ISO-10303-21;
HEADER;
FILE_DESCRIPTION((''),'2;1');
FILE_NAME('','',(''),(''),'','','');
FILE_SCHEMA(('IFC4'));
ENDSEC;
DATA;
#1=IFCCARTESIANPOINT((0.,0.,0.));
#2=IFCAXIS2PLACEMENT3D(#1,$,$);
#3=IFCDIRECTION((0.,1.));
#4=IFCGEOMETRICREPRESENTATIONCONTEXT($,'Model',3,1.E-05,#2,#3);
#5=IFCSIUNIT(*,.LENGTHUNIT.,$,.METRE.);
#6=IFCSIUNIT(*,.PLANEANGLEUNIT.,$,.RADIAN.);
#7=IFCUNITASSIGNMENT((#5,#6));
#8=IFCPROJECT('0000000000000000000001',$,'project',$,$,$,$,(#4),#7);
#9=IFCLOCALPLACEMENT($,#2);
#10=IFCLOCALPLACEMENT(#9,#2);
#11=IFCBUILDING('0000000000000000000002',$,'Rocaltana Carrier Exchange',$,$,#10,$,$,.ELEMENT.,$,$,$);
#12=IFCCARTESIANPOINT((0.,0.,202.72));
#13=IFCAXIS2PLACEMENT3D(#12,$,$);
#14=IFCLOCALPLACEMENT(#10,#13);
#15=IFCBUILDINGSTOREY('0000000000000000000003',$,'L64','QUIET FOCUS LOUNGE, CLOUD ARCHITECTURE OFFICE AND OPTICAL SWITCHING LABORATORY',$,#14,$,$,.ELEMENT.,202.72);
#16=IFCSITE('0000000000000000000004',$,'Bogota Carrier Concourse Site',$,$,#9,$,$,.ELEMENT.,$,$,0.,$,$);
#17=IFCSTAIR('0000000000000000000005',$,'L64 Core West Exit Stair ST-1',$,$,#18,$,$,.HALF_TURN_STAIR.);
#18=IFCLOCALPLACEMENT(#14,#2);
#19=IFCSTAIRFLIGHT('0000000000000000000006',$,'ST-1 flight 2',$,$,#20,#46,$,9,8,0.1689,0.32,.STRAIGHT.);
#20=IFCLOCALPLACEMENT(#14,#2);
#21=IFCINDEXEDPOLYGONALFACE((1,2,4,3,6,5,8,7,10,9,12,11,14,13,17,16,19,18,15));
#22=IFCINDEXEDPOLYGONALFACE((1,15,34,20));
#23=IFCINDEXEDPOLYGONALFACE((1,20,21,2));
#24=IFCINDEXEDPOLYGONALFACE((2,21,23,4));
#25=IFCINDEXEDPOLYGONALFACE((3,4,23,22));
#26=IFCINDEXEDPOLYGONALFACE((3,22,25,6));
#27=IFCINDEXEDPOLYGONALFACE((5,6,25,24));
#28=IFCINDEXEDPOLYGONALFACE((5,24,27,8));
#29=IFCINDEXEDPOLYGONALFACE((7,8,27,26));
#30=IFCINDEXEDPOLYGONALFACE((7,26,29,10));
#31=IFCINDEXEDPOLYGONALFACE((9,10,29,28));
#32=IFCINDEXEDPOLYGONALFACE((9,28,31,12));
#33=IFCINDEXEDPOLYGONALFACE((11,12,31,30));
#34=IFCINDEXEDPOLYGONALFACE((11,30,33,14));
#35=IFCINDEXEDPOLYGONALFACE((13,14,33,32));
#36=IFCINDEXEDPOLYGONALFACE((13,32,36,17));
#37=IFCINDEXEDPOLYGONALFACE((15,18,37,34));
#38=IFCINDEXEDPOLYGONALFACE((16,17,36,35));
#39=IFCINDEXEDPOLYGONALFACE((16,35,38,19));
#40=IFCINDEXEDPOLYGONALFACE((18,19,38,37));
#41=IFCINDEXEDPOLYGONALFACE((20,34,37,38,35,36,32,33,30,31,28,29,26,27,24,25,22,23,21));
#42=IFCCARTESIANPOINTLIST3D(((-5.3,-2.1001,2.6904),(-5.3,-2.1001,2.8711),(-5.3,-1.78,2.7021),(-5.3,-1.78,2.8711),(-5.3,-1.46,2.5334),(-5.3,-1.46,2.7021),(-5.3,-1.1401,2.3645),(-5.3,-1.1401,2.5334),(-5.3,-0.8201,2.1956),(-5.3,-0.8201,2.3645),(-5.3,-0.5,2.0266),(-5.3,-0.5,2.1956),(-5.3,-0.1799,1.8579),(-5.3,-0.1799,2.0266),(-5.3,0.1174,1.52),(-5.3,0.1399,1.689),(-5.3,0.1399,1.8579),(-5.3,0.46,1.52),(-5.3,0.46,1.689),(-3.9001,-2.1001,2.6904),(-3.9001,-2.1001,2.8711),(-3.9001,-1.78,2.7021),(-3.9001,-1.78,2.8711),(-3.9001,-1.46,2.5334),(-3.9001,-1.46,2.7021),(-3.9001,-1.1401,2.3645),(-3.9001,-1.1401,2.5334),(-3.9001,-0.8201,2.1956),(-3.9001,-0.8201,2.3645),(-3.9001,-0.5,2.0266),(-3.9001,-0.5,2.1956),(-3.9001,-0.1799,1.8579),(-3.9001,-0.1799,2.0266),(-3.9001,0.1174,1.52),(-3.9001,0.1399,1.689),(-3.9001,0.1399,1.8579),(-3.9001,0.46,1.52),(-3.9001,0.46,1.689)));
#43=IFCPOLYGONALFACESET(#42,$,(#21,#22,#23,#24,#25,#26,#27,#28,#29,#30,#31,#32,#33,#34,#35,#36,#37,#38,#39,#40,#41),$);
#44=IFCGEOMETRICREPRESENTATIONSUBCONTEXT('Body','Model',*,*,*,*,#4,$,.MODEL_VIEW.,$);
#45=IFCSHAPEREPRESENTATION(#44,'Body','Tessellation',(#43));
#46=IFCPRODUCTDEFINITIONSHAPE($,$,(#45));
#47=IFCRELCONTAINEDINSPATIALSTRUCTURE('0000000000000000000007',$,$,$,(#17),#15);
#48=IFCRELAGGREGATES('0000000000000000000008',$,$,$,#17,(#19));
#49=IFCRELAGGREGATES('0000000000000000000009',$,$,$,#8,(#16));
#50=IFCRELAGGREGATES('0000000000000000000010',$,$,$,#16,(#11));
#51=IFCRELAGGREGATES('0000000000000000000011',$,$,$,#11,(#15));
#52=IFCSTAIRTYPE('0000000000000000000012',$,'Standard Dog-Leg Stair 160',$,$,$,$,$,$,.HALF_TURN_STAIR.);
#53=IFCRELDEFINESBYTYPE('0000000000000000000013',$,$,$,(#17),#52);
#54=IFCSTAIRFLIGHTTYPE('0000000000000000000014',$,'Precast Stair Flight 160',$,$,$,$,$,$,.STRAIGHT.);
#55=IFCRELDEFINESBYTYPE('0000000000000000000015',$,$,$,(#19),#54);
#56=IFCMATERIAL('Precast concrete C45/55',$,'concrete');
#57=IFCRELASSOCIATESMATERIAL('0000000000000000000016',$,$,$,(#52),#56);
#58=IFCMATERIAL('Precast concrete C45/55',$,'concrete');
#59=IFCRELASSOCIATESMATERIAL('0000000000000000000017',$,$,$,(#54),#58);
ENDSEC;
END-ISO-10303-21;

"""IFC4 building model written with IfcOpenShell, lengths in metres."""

from ifc_helpers import new_model, si_unit, direction, frame, origin, place, context, subcontext, project, spatial, polyline, outline, extrude, material, type_object, element, aggregate, save


model = new_model("IFC4")

# Units and contexts
model_context = context("Model", 3, precision=1e-05, world=origin(), true_north=direction((0.0, 1.0)))
body_context = subcontext(model_context, "Body", "Model", "MODEL_VIEW")
ifc_project = project(units=[si_unit("LENGTHUNIT", "METRE"), si_unit("PLANEANGLEUNIT", "RADIAN")], contexts=[model_context])

# Site, building, storey
site_placement = place(None, origin())
site = spatial("IfcSite", under=ifc_project, at=site_placement, Name="Bogota Carrier Concourse Site", CompositionType="ELEMENT", RefElevation=0.0)
building_placement = place(site_placement, origin())
building = spatial("IfcBuilding", under=site, at=building_placement, Name="Rocaltana Carrier Exchange", CompositionType="ELEMENT")
storey_placement = place(building_placement, frame((0.0, 0.0, 202.72)))
storey = spatial("IfcBuildingStorey", under=building, at=storey_placement, Name="L64", Description="QUIET FOCUS LOUNGE, CLOUD ARCHITECTURE OFFICE AND OPTICAL SWITCHING LABORATORY", CompositionType="ELEMENT", Elevation=202.72)

# Stair, stair flight
ifc_material_1 = material(Name="Precast concrete C45/55", Category="concrete")
stair_type = type_object("IfcStairType", Name="Standard Dog-Leg Stair 160", PredefinedType="HALF_TURN_STAIR", material=ifc_material_1)
stair_placement = place(storey_placement, origin())
stair = element("IfcStair", 1, at=stair_placement, inside=storey, type_object=stair_type, Name="L64 Core West Exit Stair ST-1", PredefinedType="HALF_TURN_STAIR")
ifc_material_2 = material(Name="Precast concrete C45/55", Category="concrete")
stair_flight_type = type_object("IfcStairFlightType", Name="Precast Stair Flight 160", PredefinedType="STRAIGHT", material=ifc_material_2)
stair_flight_placement = place(storey_placement, frame((-4.6001, 0.46, 1.52), z_axis=(0.0, 0.0, 1.0), x_axis=(0.0, -1.0, 0.0)))
stair_flight = element("IfcStairFlight", 2, at=stair_flight_placement, type_object=stair_flight_type, Name="ST-1 flight 2", NumberOfRisers=9, NumberOfTreads=8, PredefinedType="STRAIGHT", RiserHeight=0.1689, TreadLength=0.32, context=body_context, shape_type="SweptSolid", body=[
    extrude(outline(polyline([(0.0, 0.0), (0.0, 0.1689), (0.3201, 0.1689), (0.3201, 0.3379), (0.6399, 0.3379), (0.6399, 0.5066), (0.96, 0.5066), (0.96, 0.6755), (1.28, 0.6755), (1.28, 0.8445), (1.6001, 0.8445), (1.6001, 1.0134), (1.9199, 1.0134), (1.9199, 1.1821), (2.24, 1.1821), (2.24, 1.3511), (2.5601, 1.3511), (2.5601, 1.52), (2.5601, 1.1704), (0.3425, 0.0), (0.0, 0.0)])), frame((0.0, 0.7, 0.0), z_axis=(0.0, -1.0, 0.0), x_axis=(1.0, 0.0, 0.0)), (0.0, 0.0, 1.0), 1.3999),
])
aggregate(stair, [stair_flight])

save(model, "model.ifc")
